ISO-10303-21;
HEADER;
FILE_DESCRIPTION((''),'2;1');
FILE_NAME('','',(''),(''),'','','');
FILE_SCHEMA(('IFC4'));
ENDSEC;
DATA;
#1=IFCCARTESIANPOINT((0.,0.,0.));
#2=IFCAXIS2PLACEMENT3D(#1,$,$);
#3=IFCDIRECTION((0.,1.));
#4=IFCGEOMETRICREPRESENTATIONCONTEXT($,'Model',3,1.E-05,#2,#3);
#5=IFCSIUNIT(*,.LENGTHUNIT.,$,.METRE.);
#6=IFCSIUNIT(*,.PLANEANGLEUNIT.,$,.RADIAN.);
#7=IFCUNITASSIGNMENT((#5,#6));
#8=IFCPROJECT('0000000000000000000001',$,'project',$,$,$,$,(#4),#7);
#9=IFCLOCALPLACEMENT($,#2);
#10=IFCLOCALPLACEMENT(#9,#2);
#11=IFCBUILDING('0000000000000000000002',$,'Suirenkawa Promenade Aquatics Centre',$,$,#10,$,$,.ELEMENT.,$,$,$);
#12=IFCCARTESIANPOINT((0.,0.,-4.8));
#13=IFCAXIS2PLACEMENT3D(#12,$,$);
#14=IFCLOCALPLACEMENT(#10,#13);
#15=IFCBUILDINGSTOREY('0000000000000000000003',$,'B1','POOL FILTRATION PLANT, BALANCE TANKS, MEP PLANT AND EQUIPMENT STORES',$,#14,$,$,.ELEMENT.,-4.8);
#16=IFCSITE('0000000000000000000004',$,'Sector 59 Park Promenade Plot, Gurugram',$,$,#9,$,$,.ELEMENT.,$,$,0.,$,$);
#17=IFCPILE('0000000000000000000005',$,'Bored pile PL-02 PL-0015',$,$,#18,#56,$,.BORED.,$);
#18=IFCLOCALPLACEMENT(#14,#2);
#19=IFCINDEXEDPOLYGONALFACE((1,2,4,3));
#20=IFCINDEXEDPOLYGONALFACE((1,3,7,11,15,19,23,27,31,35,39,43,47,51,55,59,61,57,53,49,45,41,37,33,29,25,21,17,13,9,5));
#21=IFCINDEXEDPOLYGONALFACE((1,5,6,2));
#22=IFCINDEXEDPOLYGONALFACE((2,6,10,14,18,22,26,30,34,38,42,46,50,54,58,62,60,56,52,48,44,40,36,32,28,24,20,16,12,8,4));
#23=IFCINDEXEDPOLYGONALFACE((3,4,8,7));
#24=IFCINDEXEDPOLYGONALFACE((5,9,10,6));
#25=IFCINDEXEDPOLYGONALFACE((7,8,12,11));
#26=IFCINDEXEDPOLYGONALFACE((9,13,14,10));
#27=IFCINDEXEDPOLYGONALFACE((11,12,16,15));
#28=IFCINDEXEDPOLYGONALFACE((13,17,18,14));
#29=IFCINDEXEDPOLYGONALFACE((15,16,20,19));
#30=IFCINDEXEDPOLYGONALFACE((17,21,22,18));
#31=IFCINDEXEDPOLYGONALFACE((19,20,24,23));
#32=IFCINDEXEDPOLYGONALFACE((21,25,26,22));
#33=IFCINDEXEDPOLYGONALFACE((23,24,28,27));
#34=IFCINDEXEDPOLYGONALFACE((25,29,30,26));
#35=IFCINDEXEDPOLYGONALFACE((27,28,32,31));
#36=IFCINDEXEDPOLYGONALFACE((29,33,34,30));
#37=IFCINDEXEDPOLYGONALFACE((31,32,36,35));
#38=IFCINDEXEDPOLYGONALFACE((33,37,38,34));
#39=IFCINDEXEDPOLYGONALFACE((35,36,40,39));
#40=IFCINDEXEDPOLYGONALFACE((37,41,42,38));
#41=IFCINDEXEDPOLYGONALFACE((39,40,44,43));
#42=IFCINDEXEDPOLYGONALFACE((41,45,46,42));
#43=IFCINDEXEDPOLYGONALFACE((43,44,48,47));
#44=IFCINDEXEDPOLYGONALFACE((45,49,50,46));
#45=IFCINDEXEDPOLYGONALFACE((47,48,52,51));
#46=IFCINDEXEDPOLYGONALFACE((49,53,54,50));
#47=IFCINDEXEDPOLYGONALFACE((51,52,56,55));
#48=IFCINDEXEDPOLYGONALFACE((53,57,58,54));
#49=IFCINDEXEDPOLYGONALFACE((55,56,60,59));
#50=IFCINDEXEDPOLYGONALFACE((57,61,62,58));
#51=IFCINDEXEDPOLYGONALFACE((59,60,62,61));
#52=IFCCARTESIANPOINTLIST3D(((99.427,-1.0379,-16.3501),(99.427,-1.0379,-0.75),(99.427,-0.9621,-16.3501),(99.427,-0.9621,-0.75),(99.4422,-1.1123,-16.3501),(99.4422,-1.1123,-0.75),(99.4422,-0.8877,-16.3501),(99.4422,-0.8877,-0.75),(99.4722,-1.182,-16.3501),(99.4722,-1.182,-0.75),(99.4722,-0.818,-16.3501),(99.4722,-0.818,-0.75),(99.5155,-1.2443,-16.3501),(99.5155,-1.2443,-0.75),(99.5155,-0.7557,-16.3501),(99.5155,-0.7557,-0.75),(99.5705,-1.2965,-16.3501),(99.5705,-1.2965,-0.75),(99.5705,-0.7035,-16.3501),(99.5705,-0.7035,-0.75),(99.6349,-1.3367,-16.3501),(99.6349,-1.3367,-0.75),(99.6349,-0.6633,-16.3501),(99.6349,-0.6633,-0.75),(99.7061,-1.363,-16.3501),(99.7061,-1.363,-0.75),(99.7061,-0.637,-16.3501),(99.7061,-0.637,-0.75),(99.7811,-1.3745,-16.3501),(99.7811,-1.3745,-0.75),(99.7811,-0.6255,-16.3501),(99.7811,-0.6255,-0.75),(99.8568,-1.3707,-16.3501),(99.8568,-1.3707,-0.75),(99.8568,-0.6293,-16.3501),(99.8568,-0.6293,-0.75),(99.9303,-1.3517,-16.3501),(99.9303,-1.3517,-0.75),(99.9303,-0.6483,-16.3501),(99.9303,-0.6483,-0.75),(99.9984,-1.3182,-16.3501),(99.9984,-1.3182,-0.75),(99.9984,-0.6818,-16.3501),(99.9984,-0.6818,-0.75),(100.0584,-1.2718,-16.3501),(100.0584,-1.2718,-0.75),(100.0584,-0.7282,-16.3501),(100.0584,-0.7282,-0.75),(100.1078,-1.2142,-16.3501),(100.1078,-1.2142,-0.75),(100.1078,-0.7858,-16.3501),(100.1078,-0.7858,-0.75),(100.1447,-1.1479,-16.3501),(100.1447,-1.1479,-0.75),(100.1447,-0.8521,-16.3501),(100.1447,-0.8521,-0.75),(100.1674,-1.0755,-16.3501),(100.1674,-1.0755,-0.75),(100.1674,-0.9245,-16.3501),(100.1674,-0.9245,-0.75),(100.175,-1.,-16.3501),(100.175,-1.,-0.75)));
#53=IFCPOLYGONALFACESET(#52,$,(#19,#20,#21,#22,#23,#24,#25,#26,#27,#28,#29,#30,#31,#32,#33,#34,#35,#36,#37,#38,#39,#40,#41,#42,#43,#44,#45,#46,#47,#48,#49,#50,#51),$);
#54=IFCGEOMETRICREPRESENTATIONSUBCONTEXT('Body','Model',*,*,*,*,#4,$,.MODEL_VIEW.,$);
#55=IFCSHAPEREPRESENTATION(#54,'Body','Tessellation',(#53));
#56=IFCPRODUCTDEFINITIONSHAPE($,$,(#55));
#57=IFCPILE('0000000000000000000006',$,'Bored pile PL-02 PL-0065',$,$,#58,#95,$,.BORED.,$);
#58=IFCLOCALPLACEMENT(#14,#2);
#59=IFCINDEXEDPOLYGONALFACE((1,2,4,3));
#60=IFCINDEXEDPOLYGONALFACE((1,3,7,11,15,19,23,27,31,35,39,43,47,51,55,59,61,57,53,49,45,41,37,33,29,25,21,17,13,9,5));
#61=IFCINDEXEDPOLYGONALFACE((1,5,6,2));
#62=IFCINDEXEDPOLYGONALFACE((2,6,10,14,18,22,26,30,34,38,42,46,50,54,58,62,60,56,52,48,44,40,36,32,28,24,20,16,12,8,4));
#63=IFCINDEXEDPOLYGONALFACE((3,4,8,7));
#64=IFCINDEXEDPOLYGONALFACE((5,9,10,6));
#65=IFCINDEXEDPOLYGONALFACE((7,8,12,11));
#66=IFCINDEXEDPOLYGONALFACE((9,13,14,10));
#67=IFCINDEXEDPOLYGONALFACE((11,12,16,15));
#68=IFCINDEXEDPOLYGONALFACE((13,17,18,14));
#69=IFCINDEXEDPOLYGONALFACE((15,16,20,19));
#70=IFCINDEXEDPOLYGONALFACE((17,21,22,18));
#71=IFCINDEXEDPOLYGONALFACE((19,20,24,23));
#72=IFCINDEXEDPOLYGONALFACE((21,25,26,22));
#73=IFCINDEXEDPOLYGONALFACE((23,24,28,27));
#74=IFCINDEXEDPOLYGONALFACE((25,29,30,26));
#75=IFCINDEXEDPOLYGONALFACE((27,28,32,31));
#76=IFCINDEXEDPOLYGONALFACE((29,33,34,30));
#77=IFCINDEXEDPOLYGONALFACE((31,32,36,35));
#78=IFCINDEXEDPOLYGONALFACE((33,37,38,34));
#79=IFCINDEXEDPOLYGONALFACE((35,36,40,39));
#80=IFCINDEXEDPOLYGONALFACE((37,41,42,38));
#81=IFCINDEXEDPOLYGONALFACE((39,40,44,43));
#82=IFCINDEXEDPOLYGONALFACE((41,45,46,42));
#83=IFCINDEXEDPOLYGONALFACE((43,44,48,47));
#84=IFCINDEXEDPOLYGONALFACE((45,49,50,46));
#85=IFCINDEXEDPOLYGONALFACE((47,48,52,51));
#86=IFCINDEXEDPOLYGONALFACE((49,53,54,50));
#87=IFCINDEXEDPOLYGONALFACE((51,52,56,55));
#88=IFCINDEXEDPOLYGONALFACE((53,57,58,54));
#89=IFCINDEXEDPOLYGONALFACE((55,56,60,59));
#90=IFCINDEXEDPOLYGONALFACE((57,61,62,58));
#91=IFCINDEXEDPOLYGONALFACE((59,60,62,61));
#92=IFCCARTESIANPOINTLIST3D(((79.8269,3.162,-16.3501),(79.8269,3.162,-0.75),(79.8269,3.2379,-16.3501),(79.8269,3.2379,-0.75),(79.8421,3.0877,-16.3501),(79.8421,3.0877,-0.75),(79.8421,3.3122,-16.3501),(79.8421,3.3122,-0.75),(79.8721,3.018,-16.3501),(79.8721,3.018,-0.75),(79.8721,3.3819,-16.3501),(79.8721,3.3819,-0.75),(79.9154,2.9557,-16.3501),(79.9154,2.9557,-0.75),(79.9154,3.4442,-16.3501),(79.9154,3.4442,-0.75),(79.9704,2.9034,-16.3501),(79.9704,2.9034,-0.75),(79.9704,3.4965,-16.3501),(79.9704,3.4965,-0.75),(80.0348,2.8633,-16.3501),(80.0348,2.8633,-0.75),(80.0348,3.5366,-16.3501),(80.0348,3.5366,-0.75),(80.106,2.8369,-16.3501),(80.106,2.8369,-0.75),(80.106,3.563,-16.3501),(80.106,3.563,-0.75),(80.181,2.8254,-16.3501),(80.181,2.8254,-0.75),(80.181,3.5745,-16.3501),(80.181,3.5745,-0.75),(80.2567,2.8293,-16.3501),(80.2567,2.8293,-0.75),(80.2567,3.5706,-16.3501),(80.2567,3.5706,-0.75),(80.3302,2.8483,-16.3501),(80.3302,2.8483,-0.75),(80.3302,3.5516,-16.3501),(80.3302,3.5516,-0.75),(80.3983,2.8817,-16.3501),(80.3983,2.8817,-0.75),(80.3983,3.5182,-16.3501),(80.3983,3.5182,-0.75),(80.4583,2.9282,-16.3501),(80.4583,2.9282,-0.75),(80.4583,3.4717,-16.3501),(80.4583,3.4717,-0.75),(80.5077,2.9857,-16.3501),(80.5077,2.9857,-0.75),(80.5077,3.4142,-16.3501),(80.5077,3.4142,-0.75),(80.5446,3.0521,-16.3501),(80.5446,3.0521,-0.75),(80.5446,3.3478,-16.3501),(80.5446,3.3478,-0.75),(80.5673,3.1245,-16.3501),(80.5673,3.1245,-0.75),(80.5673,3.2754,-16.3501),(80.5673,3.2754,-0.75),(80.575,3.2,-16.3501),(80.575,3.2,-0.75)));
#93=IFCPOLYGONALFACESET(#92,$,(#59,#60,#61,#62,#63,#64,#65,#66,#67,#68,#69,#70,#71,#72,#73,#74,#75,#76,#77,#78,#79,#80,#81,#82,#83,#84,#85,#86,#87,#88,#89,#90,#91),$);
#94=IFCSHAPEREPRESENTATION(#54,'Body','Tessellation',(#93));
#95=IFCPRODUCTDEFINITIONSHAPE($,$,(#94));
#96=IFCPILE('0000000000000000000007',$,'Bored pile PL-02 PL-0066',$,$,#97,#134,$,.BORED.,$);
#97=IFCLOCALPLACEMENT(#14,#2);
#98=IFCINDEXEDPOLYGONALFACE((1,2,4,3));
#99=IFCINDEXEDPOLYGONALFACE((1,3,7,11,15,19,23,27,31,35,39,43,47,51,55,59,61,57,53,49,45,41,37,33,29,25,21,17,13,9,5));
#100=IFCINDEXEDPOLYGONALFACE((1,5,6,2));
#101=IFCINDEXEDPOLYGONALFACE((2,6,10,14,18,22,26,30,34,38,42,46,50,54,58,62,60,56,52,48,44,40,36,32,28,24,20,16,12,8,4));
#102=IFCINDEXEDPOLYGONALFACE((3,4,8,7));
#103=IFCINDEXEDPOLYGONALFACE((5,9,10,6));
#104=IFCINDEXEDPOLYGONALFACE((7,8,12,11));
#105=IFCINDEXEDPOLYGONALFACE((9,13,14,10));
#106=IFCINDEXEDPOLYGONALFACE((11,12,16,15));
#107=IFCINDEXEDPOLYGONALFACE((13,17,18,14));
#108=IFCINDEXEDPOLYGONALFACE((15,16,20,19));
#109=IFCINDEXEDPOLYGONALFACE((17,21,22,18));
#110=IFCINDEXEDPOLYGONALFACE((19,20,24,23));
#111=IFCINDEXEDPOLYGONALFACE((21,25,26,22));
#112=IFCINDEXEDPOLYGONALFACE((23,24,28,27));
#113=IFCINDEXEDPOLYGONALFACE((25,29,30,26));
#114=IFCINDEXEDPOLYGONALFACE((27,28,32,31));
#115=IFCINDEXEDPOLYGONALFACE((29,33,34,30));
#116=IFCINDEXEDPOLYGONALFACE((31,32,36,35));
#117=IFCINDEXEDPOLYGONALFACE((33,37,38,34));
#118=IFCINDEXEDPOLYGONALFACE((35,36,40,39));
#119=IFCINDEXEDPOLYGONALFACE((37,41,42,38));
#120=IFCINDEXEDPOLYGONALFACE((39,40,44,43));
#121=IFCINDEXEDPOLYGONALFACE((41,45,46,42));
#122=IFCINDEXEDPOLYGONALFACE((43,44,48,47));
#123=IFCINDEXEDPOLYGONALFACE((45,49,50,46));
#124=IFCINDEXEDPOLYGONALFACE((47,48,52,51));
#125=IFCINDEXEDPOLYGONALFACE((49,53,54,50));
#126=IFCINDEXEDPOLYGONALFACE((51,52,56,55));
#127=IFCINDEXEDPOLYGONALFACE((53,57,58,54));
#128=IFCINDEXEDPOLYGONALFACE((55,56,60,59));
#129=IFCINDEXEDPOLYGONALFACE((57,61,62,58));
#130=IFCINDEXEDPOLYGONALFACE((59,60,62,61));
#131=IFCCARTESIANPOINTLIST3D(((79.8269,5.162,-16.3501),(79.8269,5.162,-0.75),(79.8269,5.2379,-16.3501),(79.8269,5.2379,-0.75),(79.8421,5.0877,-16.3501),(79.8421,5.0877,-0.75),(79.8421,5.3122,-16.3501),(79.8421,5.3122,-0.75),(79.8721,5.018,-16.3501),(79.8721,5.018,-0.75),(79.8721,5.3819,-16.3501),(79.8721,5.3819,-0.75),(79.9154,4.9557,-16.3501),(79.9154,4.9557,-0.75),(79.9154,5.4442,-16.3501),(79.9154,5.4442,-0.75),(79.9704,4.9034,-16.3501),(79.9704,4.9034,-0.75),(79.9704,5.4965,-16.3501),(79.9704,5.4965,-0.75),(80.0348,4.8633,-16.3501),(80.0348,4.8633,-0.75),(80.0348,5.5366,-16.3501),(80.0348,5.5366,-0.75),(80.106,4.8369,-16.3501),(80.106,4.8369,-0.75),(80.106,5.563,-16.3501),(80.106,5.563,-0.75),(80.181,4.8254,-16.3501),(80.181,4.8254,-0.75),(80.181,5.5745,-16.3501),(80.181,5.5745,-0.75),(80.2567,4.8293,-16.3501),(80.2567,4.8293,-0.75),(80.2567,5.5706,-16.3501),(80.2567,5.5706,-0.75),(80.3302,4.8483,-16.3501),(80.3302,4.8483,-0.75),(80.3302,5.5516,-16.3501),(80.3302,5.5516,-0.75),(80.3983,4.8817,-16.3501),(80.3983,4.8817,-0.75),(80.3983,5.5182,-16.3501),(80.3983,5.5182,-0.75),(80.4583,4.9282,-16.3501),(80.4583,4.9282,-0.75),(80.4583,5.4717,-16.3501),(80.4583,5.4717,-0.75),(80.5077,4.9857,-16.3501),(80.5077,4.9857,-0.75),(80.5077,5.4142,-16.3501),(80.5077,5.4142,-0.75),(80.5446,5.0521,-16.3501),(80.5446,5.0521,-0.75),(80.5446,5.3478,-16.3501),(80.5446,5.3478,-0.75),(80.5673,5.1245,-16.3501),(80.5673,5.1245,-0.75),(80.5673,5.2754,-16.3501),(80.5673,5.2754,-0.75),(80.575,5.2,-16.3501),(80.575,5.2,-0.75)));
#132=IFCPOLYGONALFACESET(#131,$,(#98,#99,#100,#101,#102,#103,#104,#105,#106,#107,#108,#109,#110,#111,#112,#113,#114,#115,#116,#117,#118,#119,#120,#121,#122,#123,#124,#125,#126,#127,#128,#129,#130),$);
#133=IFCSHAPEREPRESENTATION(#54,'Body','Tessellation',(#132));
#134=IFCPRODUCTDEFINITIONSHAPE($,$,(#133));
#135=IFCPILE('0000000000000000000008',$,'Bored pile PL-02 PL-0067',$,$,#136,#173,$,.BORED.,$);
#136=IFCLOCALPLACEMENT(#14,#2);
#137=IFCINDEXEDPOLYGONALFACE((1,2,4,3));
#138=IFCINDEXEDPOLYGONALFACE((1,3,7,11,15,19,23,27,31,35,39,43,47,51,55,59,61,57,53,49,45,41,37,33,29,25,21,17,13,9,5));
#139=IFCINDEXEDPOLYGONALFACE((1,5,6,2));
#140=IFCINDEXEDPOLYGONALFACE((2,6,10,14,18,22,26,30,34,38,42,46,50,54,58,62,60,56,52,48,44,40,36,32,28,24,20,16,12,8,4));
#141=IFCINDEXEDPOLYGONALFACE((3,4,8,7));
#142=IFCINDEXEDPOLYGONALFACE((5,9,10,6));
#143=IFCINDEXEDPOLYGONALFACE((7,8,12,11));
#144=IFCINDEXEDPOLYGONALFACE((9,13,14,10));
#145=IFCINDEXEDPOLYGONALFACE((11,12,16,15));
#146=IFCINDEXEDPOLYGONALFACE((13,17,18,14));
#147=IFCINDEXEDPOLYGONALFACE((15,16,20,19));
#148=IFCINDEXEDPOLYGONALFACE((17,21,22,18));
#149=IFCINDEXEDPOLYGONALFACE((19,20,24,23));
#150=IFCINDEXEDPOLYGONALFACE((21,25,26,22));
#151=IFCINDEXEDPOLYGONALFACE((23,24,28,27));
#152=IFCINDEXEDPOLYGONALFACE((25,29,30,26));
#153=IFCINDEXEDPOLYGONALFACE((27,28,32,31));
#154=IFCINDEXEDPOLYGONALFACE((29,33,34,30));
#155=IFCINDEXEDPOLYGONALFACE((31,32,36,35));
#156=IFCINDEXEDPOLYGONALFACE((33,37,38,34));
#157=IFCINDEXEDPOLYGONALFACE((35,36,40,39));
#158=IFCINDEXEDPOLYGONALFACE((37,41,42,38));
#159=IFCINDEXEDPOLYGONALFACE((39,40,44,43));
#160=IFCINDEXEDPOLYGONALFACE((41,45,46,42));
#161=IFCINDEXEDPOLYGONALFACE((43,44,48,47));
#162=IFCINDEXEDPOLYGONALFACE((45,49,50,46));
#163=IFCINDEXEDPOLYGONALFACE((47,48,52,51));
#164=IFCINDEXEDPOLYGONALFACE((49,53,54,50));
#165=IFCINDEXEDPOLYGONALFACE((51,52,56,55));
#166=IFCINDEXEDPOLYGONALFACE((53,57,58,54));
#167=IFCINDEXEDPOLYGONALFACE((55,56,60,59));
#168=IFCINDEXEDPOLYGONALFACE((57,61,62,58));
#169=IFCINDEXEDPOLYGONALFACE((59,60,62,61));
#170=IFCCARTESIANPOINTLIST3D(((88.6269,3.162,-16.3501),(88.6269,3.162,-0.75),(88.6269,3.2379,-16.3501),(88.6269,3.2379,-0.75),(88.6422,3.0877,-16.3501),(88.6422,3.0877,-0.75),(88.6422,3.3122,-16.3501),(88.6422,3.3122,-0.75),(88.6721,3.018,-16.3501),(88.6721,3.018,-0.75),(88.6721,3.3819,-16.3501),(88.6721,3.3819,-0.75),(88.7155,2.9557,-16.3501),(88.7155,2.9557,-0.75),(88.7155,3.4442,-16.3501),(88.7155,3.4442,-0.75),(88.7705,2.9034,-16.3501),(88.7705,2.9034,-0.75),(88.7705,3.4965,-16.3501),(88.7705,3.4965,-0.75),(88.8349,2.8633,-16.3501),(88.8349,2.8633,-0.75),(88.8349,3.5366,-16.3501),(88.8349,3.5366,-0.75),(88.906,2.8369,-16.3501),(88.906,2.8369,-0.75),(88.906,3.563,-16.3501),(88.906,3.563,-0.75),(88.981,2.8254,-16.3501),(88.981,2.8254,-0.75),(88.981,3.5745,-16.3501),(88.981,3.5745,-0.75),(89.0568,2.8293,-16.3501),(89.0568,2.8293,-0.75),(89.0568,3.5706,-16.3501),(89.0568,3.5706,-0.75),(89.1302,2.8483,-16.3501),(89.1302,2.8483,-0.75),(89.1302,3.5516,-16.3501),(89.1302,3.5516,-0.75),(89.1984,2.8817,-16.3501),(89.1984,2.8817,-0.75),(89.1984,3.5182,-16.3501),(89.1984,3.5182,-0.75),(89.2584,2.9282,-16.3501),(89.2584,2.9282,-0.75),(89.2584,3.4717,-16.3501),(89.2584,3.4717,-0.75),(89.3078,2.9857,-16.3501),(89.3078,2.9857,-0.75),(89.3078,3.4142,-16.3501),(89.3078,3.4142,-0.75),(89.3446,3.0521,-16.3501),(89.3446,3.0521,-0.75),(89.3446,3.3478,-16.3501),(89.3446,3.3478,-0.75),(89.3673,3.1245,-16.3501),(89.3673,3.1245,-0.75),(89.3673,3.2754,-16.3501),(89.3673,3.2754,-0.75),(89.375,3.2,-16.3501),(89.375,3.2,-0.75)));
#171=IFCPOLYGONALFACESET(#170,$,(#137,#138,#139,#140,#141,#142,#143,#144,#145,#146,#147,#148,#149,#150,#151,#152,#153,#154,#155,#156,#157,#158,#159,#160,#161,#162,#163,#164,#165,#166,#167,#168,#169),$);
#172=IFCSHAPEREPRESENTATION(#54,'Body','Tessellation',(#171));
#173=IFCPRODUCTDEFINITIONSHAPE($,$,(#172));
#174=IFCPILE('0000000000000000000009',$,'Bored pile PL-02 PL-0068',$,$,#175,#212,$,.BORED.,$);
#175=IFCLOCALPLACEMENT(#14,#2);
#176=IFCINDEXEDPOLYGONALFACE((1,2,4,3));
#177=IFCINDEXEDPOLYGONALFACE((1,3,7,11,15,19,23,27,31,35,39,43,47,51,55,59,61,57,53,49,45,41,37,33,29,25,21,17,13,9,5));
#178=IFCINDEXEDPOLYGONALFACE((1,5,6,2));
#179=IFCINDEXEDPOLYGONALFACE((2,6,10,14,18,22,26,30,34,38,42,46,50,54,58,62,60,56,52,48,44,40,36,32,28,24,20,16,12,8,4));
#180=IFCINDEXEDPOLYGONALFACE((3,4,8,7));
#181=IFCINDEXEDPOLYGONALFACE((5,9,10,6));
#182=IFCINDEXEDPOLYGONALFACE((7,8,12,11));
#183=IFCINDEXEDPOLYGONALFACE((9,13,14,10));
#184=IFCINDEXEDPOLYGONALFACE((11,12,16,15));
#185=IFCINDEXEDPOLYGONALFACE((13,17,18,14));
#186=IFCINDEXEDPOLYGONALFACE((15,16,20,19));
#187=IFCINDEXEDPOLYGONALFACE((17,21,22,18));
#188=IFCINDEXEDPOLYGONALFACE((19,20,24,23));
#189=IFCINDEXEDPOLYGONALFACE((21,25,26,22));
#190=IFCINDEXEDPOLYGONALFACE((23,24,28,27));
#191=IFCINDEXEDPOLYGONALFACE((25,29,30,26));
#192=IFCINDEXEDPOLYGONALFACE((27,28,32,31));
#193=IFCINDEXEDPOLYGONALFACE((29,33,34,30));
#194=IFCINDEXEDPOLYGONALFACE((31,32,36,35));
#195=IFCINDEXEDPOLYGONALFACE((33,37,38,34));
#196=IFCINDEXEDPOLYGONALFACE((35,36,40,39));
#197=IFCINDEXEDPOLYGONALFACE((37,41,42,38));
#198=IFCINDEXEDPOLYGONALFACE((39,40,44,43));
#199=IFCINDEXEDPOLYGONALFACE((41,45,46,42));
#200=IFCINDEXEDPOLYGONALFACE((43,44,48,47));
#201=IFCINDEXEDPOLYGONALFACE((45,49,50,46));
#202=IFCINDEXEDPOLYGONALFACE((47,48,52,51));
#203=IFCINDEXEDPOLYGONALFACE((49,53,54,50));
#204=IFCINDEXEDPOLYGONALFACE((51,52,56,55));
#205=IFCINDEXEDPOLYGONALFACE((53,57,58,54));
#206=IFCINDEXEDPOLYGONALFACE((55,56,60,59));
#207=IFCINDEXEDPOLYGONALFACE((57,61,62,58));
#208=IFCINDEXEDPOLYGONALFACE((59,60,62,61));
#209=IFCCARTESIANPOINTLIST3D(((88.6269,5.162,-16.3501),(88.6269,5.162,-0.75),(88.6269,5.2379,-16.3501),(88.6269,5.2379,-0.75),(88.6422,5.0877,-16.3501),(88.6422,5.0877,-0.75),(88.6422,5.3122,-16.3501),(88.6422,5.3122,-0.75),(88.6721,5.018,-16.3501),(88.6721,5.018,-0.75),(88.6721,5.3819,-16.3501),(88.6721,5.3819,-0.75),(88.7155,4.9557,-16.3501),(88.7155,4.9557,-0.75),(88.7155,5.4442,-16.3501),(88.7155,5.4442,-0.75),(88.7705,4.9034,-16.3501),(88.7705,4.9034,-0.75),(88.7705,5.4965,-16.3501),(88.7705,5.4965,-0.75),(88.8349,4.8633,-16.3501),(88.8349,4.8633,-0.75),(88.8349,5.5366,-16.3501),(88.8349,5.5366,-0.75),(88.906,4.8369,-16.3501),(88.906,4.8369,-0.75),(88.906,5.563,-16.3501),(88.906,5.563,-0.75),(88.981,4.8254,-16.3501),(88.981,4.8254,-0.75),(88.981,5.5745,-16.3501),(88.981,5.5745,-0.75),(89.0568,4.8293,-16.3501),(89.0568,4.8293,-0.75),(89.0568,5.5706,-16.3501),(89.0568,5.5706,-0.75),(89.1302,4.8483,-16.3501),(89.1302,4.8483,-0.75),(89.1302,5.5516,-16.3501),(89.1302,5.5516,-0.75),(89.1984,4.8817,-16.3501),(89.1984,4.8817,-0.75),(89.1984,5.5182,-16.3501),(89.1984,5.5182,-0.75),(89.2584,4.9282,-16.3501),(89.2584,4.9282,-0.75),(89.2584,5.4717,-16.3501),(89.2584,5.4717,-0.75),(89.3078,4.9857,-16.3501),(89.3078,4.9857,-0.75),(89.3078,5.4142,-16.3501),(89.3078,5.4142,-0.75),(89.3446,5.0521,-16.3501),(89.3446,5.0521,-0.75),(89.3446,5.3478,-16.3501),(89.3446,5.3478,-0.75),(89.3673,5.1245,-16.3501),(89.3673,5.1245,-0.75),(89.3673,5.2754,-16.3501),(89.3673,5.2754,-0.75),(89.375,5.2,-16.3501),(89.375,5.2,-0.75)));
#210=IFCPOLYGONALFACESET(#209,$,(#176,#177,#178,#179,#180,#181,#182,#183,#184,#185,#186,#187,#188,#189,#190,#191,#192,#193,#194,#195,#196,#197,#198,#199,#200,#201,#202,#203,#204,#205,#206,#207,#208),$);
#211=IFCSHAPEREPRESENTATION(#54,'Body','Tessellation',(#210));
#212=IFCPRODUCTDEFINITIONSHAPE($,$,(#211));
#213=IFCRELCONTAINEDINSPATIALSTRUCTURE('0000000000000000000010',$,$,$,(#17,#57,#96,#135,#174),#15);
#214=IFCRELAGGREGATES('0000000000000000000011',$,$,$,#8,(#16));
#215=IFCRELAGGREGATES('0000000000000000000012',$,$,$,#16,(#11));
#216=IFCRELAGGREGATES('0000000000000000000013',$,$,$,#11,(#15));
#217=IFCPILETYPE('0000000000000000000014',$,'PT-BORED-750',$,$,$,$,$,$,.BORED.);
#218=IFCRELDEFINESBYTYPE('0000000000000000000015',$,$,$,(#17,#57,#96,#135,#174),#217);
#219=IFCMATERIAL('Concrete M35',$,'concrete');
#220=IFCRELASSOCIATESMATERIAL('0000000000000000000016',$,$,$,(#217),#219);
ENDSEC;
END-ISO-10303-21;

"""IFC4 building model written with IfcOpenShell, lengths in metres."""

from ifc_helpers import new_model, si_unit, direction, frame, origin, origin_2d, place, context, subcontext, project, spatial, circle, extrude, material, material_profile, profile_set, type_object, element, save


model = new_model("IFC4")

# Units and contexts
model_context = context("Model", 3, precision=1e-05, world=origin(), true_north=direction((0.0, 1.0)))
body_context = subcontext(model_context, "Body", "Model", "MODEL_VIEW")
ifc_project = project(units=[si_unit("LENGTHUNIT", "METRE"), si_unit("PLANEANGLEUNIT", "RADIAN")], contexts=[model_context])

# Site, building, storey
site_placement = place(None, origin())
site = spatial("IfcSite", under=ifc_project, at=site_placement, Name="Sector 59 Park Promenade Plot, Gurugram", CompositionType="ELEMENT", RefElevation=0.0)
building_placement = place(site_placement, origin())
building = spatial("IfcBuilding", under=site, at=building_placement, Name="Suirenkawa Promenade Aquatics Centre", CompositionType="ELEMENT")
storey_placement = place(building_placement, frame((0.0, 0.0, -4.8)))
storey = spatial("IfcBuildingStorey", under=building, at=storey_placement, Name="B1", Description="POOL FILTRATION PLANT, BALANCE TANKS, MEP PLANT AND EQUIPMENT STORES", CompositionType="ELEMENT", Elevation=-4.8)

# Shared definitions
ifc_material_1 = material(Name="Concrete M35", Category="concrete")

# Piles
ifc_material_profile_1 = material_profile(ifc_material_1, circle(Radius=0.375, at=origin_2d()), Name="PILE D750", Category="concrete")
ifc_profile_set_1 = profile_set([ifc_material_profile_1], Name="Concrete M35")
pile_type = type_object("IfcPileType", Name="PT-BORED-750", PredefinedType="BORED", material=ifc_profile_set_1)
for number, where, z_axis, x_axis, name in (
    (1, (99.8, -1.0, -0.75), (0.0, 0.0, -1.0), (1.0, 0.0, 0.0), "Bored pile PL-02 PL-0015"),
    (2, (80.2, 3.2, -0.75), (0.0, 0.0, -1.0), (1.0, 0.0, 0.0), "Bored pile PL-02 PL-0065"),
    (3, (80.2, 5.2, -0.75), (0.0, 0.0, -1.0), (1.0, 0.0, 0.0), "Bored pile PL-02 PL-0066"),
    (4, (89.0, 3.2, -0.75), (0.0, 0.0, -1.0), (1.0, 0.0, 0.0), "Bored pile PL-02 PL-0067"),
    (5, (89.0, 5.2, -0.75), (0.0, 0.0, -1.0), (1.0, 0.0, 0.0), "Bored pile PL-02 PL-0068"),
):
    element("IfcPile", number, at=place(storey_placement, frame(where, z_axis=z_axis, x_axis=x_axis)), inside=storey, type_object=pile_type, Name=name, PredefinedType="BORED", context=body_context, shape_type="SweptSolid", body=[
        extrude(circle(Radius=0.375, at=origin_2d()), origin(), (0.0, 0.0, 1.0), 15.6001),
    ])

save(model, "model.ifc")
